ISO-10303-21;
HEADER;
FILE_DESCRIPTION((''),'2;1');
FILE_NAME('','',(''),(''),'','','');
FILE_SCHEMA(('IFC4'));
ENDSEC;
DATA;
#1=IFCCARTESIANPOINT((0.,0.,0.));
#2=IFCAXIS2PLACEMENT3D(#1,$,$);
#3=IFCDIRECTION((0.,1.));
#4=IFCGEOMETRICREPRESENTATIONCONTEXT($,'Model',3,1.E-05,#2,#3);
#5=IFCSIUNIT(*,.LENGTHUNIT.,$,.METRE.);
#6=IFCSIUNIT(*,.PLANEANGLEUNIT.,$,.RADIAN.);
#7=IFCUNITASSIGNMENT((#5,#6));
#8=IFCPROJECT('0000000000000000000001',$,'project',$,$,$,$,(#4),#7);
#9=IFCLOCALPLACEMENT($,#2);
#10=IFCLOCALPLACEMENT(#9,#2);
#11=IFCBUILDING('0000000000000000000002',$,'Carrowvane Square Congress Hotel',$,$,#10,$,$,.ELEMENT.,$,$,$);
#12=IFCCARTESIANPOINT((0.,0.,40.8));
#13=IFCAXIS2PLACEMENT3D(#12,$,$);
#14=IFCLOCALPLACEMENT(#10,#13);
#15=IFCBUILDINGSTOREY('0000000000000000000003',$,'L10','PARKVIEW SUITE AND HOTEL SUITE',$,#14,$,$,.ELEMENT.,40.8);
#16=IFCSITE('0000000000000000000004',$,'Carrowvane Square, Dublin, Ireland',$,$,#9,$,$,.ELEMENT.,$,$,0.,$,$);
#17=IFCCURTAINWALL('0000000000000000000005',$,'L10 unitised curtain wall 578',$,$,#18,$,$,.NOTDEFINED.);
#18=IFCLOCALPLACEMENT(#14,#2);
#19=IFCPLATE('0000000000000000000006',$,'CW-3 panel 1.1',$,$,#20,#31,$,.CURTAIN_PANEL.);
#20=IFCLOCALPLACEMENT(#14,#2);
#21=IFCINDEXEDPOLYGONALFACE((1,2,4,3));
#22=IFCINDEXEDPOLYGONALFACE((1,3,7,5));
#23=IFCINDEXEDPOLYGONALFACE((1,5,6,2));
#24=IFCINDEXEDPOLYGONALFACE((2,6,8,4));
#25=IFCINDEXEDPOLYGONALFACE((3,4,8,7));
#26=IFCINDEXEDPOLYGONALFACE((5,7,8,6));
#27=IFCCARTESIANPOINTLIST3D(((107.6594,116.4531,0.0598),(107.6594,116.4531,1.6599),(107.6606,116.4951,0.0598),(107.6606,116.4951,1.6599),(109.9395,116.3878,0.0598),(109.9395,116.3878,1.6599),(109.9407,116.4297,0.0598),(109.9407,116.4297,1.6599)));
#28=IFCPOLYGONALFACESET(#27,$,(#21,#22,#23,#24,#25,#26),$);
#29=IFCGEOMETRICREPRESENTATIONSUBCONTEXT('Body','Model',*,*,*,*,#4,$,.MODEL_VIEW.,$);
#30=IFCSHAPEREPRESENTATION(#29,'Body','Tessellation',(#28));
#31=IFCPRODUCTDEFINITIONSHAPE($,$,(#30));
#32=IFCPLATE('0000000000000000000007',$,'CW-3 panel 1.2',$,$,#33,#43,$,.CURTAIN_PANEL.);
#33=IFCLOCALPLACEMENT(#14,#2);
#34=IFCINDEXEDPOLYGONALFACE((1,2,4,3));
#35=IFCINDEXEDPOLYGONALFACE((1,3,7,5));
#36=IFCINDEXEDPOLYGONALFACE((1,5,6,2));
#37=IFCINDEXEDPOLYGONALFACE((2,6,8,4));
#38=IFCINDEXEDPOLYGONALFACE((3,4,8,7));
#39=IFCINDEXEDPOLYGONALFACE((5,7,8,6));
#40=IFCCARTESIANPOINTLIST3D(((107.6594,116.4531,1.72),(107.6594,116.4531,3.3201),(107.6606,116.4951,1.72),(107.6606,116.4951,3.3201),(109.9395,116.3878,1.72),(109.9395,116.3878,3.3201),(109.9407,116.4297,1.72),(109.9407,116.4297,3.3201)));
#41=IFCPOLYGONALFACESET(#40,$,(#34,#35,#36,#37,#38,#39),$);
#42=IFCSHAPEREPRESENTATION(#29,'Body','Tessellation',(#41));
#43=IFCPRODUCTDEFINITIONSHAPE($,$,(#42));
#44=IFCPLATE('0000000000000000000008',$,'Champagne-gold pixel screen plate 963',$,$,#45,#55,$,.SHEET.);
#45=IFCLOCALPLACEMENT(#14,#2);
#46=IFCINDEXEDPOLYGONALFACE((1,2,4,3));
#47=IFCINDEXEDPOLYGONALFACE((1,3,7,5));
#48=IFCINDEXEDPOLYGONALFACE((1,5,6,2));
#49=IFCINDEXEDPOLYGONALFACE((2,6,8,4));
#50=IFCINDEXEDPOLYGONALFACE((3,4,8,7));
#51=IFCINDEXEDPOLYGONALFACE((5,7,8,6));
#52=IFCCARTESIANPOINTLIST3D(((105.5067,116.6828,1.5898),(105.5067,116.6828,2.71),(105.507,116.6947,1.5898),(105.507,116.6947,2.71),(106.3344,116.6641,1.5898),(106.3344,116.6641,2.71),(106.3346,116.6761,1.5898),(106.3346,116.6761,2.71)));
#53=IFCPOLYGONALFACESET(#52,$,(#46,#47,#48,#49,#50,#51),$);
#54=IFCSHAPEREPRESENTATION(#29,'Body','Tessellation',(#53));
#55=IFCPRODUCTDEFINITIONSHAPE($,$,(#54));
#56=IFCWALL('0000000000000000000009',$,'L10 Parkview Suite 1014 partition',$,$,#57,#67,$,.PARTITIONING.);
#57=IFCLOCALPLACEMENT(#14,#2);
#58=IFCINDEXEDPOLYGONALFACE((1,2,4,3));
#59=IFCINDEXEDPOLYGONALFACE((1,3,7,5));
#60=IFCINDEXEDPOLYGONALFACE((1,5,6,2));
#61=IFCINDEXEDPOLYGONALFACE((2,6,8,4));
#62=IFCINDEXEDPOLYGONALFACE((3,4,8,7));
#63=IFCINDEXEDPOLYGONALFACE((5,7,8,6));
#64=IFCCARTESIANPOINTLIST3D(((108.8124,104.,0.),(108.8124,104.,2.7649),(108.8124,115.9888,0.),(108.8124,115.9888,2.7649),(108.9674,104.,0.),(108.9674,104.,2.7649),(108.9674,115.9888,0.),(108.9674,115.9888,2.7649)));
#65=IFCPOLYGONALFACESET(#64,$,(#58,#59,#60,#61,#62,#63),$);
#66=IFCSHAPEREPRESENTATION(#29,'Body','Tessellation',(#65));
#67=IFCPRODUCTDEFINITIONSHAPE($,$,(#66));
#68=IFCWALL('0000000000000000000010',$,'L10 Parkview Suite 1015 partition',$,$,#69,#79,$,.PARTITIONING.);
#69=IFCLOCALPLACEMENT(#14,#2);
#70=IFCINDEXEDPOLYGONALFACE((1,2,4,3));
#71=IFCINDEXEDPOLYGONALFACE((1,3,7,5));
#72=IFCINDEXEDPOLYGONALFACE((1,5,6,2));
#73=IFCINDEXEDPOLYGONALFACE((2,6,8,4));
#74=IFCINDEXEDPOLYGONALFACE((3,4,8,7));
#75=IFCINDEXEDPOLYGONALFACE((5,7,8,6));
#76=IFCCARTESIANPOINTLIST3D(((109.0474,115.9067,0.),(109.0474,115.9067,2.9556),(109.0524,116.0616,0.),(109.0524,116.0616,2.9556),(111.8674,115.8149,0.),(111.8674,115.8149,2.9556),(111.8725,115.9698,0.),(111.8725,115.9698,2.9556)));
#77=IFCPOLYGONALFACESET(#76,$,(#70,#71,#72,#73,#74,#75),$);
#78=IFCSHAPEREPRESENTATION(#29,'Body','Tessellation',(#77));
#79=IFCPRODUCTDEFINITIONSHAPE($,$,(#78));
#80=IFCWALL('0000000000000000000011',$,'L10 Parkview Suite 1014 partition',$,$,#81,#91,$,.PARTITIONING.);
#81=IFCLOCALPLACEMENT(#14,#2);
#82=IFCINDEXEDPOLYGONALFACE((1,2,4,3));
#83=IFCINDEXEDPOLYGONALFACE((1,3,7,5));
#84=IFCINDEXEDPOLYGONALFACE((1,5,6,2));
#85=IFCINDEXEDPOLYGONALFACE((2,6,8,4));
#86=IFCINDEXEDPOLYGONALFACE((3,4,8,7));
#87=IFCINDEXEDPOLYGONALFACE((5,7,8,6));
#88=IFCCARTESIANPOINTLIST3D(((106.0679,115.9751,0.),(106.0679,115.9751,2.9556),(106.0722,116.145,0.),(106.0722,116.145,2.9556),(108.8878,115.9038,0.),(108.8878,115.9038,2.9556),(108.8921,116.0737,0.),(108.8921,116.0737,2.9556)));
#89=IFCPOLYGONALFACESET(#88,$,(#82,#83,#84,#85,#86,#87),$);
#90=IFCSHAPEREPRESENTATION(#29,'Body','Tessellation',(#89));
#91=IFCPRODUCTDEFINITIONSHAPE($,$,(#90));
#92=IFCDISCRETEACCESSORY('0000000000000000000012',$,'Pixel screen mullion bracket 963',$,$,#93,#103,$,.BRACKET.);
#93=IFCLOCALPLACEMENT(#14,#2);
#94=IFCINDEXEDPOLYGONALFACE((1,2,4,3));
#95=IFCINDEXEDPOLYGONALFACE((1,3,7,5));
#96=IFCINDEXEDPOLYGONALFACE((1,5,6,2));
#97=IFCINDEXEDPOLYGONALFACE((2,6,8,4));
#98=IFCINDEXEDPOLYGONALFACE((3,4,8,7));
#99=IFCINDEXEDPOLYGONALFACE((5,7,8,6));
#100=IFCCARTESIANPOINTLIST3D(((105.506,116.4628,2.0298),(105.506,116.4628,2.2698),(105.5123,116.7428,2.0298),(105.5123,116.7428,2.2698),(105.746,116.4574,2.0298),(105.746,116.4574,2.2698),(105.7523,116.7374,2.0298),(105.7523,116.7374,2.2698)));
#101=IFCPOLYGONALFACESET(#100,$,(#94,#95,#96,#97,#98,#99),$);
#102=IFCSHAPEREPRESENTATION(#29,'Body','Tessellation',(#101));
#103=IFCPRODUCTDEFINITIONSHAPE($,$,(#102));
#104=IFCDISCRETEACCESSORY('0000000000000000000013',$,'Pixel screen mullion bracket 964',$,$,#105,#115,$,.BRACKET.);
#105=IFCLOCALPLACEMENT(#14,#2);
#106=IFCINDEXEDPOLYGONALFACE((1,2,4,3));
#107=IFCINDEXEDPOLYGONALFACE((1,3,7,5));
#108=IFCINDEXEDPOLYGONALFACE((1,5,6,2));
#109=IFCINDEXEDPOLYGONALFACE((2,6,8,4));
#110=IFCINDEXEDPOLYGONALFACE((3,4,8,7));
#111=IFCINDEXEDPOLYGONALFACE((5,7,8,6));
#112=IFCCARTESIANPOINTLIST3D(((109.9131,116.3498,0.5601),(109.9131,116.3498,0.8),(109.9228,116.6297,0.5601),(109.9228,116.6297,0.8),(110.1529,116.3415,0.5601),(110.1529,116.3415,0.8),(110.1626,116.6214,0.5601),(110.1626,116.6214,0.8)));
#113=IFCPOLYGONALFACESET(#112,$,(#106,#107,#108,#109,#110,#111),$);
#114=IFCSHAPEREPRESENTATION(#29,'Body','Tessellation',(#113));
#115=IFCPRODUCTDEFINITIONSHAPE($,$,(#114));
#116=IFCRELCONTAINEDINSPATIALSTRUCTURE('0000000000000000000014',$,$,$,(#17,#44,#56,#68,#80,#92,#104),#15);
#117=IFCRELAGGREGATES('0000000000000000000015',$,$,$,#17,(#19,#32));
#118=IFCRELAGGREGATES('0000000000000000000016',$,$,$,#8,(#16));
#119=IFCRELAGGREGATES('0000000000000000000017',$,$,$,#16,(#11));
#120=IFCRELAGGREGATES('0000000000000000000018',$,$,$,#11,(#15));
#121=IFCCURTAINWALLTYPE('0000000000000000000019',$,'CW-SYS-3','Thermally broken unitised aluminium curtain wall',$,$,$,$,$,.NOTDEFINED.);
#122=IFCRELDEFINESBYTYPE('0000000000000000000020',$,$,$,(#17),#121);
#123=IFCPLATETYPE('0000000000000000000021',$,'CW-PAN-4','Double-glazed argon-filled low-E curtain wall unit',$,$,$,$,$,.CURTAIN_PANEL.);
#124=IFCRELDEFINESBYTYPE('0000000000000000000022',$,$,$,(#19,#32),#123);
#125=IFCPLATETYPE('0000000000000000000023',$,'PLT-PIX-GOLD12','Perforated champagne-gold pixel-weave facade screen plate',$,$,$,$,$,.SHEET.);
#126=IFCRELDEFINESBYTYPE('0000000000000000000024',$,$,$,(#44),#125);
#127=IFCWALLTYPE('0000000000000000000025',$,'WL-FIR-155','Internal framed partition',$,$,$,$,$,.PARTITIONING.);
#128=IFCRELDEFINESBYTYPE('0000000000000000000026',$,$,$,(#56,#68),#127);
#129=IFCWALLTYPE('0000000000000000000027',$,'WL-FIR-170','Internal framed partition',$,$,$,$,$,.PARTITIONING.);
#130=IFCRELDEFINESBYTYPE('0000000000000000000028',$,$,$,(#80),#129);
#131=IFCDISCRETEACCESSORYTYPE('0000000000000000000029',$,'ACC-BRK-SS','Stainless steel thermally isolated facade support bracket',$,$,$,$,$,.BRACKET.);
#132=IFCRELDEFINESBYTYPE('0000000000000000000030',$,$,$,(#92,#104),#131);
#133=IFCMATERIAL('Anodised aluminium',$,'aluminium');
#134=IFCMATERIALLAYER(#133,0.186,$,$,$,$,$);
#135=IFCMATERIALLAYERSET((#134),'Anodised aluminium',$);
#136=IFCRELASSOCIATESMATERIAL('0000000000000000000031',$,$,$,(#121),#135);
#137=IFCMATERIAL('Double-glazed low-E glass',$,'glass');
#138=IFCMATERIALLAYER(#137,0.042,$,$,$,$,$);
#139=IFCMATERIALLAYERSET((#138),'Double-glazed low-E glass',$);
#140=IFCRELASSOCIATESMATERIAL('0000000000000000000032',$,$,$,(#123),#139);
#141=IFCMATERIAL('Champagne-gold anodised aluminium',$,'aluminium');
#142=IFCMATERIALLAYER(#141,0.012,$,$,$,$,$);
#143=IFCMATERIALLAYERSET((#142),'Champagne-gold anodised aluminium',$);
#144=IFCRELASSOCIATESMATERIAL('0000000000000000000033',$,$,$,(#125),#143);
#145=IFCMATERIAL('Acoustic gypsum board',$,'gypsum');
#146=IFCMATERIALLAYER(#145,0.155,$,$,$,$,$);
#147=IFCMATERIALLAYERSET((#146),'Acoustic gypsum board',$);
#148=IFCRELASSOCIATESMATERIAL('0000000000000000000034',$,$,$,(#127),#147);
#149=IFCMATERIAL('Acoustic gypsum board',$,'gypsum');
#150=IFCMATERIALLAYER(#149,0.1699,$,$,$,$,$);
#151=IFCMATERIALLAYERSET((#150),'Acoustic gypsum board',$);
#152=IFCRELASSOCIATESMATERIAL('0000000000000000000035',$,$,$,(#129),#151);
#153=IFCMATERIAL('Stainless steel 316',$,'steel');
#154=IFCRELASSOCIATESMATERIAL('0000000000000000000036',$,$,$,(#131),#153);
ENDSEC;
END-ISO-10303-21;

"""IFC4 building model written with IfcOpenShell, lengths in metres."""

from ifc_helpers import new_model, si_unit, direction, frame, frame_2d, origin, origin_2d, place, context, subcontext, project, spatial, rectangle, extrude, material, layer, layer_set, type_object, element, aggregate, save


model = new_model("IFC4")

# Units and contexts
model_context = context("Model", 3, precision=1e-05, world=origin(), true_north=direction((0.0, 1.0)))
body_context = subcontext(model_context, "Body", "Model", "MODEL_VIEW")
ifc_project = project(units=[si_unit("LENGTHUNIT", "METRE"), si_unit("PLANEANGLEUNIT", "RADIAN")], contexts=[model_context])

# Site, building, storey
site_placement = place(None, origin())
site = spatial("IfcSite", under=ifc_project, at=site_placement, Name="Carrowvane Square, Dublin, Ireland", CompositionType="ELEMENT", RefElevation=0.0)
building_placement = place(site_placement, origin())
building = spatial("IfcBuilding", under=site, at=building_placement, Name="Carrowvane Square Congress Hotel", CompositionType="ELEMENT")
storey_placement = place(building_placement, frame((0.0, 0.0, 40.8)))
storey = spatial("IfcBuildingStorey", under=building, at=storey_placement, Name="L10", Description="PARKVIEW SUITE AND HOTEL SUITE", CompositionType="ELEMENT", Elevation=40.8)

# Curtain wall
ifc_material_1 = material(Name="Anodised aluminium", Category="aluminium")
ifc_layer_1 = layer(ifc_material_1, 0.186)
ifc_layer_set_1 = layer_set([ifc_layer_1], Name="Anodised aluminium")
curtain_wall_type_1 = type_object("IfcCurtainWallType", Name="CW-SYS-3", Description="Thermally broken unitised aluminium curtain wall", PredefinedType="NOTDEFINED", material=ifc_layer_set_1)
curtain_wall_1_placement = place(storey_placement, origin())
curtain_wall_1 = element("IfcCurtainWall", 1, at=curtain_wall_1_placement, inside=storey, type_object=curtain_wall_type_1, Name="L10 unitised curtain wall 578", PredefinedType="NOTDEFINED")

# Plates
ifc_material_2 = material(Name="Double-glazed low-E glass", Category="glass")
ifc_layer_2 = layer(ifc_material_2, 0.042)
ifc_layer_set_2 = layer_set([ifc_layer_2], Name="Double-glazed low-E glass")
plate_type_1 = type_object("IfcPlateType", Name="CW-PAN-4", Description="Double-glazed argon-filled low-E curtain wall unit", PredefinedType="CURTAIN_PANEL", material=ifc_layer_set_2)
plate_1_placement = place(storey_placement, frame((108.8, 116.4414, 0.0598), z_axis=(0.0, 0.0, 1.0), x_axis=(0.99959, -0.028638, 0.0)))
plate_1 = element("IfcPlate", 2, at=plate_1_placement, type_object=plate_type_1, Name="CW-3 panel 1.1", PredefinedType="CURTAIN_PANEL", context=body_context, shape_type="SweptSolid", body=[
    extrude(rectangle(XDim=2.281, YDim=0.042, at=origin_2d()), origin(), (0.0, 0.0, 1.0), 1.6001),
])
plate_2_placement = place(storey_placement, frame((108.8, 116.4414, 1.72), z_axis=(0.0, 0.0, 1.0), x_axis=(0.99959, -0.028638, 0.0)))
plate_2 = element("IfcPlate", 3, at=plate_2_placement, type_object=plate_type_1, Name="CW-3 panel 1.2", PredefinedType="CURTAIN_PANEL", context=body_context, shape_type="SweptSolid", body=[
    extrude(rectangle(XDim=2.281, YDim=0.042, at=origin_2d()), origin(), (0.0, 0.0, 1.0), 1.6001),
])
aggregate(curtain_wall_1, [plate_1, plate_2])
ifc_material_3 = material(Name="Champagne-gold anodised aluminium", Category="aluminium")
ifc_layer_3 = layer(ifc_material_3, 0.012)
ifc_layer_set_3 = layer_set([ifc_layer_3], Name="Champagne-gold anodised aluminium")
plate_type_2 = type_object("IfcPlateType", Name="PLT-PIX-GOLD12", Description="Perforated champagne-gold pixel-weave facade screen plate", PredefinedType="SHEET", material=ifc_layer_set_3)
plate_3_placement = place(storey_placement, frame((105.9207, 116.6794, 1.5898), z_axis=(0.0, 0.0, 1.0), x_axis=(0.999746, -0.022519, 0.0)))
element("IfcPlate", 4, at=plate_3_placement, inside=storey, type_object=plate_type_2, Name="Champagne-gold pixel screen plate 963", PredefinedType="SHEET", context=body_context, shape_type="SweptSolid", body=[
    extrude(rectangle(XDim=0.8279, YDim=0.012, at=origin_2d()), origin(), (0.0, 0.0, 1.0), 1.1201),
])

# Walls
ifc_material_4 = material(Name="Acoustic gypsum board", Category="gypsum")
ifc_layer_4 = layer(ifc_material_4, 0.155)
ifc_layer_set_4 = layer_set([ifc_layer_4], Name="Acoustic gypsum board")
wall_type_1 = type_object("IfcWallType", Name="WL-FIR-155", Description="Internal framed partition", PredefinedType="PARTITIONING", material=ifc_layer_set_4)
wall_1_placement = place(storey_placement, frame((108.8899, 115.9888, 0.0), z_axis=(0.0, 0.0, 1.0), x_axis=(0.0, -1.0, 0.0)))
element("IfcWall", 5, at=wall_1_placement, inside=storey, type_object=wall_type_1, Name="L10 Parkview Suite 1014 partition", PredefinedType="PARTITIONING", context=body_context, shape_type="SweptSolid", body=[
    extrude(rectangle(XDim=11.9888, YDim=0.155, at=frame_2d((5.9944, 0.0))), origin(), (0.0, 0.0, 1.0), 2.7649),
])
wall_2_placement = place(storey_placement, frame((109.05, 115.9841, 0.0), z_axis=(0.0, 0.0, 1.0), x_axis=(0.999471, -0.032534, 0.0)))
element("IfcWall", 6, at=wall_2_placement, inside=storey, type_object=wall_type_1, Name="L10 Parkview Suite 1015 partition", PredefinedType="PARTITIONING", context=body_context, shape_type="SweptSolid", body=[
    extrude(rectangle(XDim=2.8215, YDim=0.155, at=frame_2d((1.4106, 0.0))), origin(), (0.0, 0.0, 1.0), 2.9556),
])
ifc_material_5 = material(Name="Acoustic gypsum board", Category="gypsum")
ifc_layer_5 = layer(ifc_material_5, 0.1699)
ifc_layer_set_5 = layer_set([ifc_layer_5], Name="Acoustic gypsum board")
wall_type_2 = type_object("IfcWallType", Name="WL-FIR-170", Description="Internal framed partition", PredefinedType="PARTITIONING", material=ifc_layer_set_5)
wall_3_placement = place(storey_placement, frame((106.0701, 116.0601, 0.0), z_axis=(0.0, 0.0, 1.0), x_axis=(0.999681, -0.025273, 0.0)))
element("IfcWall", 7, at=wall_3_placement, inside=storey, type_object=wall_type_2, Name="L10 Parkview Suite 1014 partition", PredefinedType="PARTITIONING", context=body_context, shape_type="SweptSolid", body=[
    extrude(rectangle(XDim=2.8208, YDim=0.1699, at=frame_2d((1.4104, 0.0))), origin(), (0.0, 0.0, 1.0), 2.9556),
])

# Discrete accessories
ifc_material_6 = material(Name="Stainless steel 316", Category="steel")
discrete_accessory_type = type_object("IfcDiscreteAccessoryType", Name="ACC-BRK-SS", Description="Stainless steel thermally isolated facade support bracket", PredefinedType="BRACKET", material=ifc_material_6)
for number, where, z_axis, x_axis, name in (
    (8, (105.6292, 116.6001, 2.0298), (0.0, 0.0, 1.0), (0.999746, -0.022519, 0.0), "Pixel screen mullion bracket 963"),
    (9, (110.0378, 116.4856, 0.5601), (0.0, 0.0, 1.0), (0.999404, -0.034527, 0.0), "Pixel screen mullion bracket 964"),
):
    element("IfcDiscreteAccessory", number, at=place(storey_placement, frame(where, z_axis=z_axis, x_axis=x_axis)), inside=storey, type_object=discrete_accessory_type, Name=name, PredefinedType="BRACKET", context=body_context, shape_type="SweptSolid", body=[
        extrude(rectangle(XDim=0.24, YDim=0.28, at=origin_2d()), origin(), (0.0, 0.0, 1.0), 0.24),
    ])

save(model, "model.ifc")
